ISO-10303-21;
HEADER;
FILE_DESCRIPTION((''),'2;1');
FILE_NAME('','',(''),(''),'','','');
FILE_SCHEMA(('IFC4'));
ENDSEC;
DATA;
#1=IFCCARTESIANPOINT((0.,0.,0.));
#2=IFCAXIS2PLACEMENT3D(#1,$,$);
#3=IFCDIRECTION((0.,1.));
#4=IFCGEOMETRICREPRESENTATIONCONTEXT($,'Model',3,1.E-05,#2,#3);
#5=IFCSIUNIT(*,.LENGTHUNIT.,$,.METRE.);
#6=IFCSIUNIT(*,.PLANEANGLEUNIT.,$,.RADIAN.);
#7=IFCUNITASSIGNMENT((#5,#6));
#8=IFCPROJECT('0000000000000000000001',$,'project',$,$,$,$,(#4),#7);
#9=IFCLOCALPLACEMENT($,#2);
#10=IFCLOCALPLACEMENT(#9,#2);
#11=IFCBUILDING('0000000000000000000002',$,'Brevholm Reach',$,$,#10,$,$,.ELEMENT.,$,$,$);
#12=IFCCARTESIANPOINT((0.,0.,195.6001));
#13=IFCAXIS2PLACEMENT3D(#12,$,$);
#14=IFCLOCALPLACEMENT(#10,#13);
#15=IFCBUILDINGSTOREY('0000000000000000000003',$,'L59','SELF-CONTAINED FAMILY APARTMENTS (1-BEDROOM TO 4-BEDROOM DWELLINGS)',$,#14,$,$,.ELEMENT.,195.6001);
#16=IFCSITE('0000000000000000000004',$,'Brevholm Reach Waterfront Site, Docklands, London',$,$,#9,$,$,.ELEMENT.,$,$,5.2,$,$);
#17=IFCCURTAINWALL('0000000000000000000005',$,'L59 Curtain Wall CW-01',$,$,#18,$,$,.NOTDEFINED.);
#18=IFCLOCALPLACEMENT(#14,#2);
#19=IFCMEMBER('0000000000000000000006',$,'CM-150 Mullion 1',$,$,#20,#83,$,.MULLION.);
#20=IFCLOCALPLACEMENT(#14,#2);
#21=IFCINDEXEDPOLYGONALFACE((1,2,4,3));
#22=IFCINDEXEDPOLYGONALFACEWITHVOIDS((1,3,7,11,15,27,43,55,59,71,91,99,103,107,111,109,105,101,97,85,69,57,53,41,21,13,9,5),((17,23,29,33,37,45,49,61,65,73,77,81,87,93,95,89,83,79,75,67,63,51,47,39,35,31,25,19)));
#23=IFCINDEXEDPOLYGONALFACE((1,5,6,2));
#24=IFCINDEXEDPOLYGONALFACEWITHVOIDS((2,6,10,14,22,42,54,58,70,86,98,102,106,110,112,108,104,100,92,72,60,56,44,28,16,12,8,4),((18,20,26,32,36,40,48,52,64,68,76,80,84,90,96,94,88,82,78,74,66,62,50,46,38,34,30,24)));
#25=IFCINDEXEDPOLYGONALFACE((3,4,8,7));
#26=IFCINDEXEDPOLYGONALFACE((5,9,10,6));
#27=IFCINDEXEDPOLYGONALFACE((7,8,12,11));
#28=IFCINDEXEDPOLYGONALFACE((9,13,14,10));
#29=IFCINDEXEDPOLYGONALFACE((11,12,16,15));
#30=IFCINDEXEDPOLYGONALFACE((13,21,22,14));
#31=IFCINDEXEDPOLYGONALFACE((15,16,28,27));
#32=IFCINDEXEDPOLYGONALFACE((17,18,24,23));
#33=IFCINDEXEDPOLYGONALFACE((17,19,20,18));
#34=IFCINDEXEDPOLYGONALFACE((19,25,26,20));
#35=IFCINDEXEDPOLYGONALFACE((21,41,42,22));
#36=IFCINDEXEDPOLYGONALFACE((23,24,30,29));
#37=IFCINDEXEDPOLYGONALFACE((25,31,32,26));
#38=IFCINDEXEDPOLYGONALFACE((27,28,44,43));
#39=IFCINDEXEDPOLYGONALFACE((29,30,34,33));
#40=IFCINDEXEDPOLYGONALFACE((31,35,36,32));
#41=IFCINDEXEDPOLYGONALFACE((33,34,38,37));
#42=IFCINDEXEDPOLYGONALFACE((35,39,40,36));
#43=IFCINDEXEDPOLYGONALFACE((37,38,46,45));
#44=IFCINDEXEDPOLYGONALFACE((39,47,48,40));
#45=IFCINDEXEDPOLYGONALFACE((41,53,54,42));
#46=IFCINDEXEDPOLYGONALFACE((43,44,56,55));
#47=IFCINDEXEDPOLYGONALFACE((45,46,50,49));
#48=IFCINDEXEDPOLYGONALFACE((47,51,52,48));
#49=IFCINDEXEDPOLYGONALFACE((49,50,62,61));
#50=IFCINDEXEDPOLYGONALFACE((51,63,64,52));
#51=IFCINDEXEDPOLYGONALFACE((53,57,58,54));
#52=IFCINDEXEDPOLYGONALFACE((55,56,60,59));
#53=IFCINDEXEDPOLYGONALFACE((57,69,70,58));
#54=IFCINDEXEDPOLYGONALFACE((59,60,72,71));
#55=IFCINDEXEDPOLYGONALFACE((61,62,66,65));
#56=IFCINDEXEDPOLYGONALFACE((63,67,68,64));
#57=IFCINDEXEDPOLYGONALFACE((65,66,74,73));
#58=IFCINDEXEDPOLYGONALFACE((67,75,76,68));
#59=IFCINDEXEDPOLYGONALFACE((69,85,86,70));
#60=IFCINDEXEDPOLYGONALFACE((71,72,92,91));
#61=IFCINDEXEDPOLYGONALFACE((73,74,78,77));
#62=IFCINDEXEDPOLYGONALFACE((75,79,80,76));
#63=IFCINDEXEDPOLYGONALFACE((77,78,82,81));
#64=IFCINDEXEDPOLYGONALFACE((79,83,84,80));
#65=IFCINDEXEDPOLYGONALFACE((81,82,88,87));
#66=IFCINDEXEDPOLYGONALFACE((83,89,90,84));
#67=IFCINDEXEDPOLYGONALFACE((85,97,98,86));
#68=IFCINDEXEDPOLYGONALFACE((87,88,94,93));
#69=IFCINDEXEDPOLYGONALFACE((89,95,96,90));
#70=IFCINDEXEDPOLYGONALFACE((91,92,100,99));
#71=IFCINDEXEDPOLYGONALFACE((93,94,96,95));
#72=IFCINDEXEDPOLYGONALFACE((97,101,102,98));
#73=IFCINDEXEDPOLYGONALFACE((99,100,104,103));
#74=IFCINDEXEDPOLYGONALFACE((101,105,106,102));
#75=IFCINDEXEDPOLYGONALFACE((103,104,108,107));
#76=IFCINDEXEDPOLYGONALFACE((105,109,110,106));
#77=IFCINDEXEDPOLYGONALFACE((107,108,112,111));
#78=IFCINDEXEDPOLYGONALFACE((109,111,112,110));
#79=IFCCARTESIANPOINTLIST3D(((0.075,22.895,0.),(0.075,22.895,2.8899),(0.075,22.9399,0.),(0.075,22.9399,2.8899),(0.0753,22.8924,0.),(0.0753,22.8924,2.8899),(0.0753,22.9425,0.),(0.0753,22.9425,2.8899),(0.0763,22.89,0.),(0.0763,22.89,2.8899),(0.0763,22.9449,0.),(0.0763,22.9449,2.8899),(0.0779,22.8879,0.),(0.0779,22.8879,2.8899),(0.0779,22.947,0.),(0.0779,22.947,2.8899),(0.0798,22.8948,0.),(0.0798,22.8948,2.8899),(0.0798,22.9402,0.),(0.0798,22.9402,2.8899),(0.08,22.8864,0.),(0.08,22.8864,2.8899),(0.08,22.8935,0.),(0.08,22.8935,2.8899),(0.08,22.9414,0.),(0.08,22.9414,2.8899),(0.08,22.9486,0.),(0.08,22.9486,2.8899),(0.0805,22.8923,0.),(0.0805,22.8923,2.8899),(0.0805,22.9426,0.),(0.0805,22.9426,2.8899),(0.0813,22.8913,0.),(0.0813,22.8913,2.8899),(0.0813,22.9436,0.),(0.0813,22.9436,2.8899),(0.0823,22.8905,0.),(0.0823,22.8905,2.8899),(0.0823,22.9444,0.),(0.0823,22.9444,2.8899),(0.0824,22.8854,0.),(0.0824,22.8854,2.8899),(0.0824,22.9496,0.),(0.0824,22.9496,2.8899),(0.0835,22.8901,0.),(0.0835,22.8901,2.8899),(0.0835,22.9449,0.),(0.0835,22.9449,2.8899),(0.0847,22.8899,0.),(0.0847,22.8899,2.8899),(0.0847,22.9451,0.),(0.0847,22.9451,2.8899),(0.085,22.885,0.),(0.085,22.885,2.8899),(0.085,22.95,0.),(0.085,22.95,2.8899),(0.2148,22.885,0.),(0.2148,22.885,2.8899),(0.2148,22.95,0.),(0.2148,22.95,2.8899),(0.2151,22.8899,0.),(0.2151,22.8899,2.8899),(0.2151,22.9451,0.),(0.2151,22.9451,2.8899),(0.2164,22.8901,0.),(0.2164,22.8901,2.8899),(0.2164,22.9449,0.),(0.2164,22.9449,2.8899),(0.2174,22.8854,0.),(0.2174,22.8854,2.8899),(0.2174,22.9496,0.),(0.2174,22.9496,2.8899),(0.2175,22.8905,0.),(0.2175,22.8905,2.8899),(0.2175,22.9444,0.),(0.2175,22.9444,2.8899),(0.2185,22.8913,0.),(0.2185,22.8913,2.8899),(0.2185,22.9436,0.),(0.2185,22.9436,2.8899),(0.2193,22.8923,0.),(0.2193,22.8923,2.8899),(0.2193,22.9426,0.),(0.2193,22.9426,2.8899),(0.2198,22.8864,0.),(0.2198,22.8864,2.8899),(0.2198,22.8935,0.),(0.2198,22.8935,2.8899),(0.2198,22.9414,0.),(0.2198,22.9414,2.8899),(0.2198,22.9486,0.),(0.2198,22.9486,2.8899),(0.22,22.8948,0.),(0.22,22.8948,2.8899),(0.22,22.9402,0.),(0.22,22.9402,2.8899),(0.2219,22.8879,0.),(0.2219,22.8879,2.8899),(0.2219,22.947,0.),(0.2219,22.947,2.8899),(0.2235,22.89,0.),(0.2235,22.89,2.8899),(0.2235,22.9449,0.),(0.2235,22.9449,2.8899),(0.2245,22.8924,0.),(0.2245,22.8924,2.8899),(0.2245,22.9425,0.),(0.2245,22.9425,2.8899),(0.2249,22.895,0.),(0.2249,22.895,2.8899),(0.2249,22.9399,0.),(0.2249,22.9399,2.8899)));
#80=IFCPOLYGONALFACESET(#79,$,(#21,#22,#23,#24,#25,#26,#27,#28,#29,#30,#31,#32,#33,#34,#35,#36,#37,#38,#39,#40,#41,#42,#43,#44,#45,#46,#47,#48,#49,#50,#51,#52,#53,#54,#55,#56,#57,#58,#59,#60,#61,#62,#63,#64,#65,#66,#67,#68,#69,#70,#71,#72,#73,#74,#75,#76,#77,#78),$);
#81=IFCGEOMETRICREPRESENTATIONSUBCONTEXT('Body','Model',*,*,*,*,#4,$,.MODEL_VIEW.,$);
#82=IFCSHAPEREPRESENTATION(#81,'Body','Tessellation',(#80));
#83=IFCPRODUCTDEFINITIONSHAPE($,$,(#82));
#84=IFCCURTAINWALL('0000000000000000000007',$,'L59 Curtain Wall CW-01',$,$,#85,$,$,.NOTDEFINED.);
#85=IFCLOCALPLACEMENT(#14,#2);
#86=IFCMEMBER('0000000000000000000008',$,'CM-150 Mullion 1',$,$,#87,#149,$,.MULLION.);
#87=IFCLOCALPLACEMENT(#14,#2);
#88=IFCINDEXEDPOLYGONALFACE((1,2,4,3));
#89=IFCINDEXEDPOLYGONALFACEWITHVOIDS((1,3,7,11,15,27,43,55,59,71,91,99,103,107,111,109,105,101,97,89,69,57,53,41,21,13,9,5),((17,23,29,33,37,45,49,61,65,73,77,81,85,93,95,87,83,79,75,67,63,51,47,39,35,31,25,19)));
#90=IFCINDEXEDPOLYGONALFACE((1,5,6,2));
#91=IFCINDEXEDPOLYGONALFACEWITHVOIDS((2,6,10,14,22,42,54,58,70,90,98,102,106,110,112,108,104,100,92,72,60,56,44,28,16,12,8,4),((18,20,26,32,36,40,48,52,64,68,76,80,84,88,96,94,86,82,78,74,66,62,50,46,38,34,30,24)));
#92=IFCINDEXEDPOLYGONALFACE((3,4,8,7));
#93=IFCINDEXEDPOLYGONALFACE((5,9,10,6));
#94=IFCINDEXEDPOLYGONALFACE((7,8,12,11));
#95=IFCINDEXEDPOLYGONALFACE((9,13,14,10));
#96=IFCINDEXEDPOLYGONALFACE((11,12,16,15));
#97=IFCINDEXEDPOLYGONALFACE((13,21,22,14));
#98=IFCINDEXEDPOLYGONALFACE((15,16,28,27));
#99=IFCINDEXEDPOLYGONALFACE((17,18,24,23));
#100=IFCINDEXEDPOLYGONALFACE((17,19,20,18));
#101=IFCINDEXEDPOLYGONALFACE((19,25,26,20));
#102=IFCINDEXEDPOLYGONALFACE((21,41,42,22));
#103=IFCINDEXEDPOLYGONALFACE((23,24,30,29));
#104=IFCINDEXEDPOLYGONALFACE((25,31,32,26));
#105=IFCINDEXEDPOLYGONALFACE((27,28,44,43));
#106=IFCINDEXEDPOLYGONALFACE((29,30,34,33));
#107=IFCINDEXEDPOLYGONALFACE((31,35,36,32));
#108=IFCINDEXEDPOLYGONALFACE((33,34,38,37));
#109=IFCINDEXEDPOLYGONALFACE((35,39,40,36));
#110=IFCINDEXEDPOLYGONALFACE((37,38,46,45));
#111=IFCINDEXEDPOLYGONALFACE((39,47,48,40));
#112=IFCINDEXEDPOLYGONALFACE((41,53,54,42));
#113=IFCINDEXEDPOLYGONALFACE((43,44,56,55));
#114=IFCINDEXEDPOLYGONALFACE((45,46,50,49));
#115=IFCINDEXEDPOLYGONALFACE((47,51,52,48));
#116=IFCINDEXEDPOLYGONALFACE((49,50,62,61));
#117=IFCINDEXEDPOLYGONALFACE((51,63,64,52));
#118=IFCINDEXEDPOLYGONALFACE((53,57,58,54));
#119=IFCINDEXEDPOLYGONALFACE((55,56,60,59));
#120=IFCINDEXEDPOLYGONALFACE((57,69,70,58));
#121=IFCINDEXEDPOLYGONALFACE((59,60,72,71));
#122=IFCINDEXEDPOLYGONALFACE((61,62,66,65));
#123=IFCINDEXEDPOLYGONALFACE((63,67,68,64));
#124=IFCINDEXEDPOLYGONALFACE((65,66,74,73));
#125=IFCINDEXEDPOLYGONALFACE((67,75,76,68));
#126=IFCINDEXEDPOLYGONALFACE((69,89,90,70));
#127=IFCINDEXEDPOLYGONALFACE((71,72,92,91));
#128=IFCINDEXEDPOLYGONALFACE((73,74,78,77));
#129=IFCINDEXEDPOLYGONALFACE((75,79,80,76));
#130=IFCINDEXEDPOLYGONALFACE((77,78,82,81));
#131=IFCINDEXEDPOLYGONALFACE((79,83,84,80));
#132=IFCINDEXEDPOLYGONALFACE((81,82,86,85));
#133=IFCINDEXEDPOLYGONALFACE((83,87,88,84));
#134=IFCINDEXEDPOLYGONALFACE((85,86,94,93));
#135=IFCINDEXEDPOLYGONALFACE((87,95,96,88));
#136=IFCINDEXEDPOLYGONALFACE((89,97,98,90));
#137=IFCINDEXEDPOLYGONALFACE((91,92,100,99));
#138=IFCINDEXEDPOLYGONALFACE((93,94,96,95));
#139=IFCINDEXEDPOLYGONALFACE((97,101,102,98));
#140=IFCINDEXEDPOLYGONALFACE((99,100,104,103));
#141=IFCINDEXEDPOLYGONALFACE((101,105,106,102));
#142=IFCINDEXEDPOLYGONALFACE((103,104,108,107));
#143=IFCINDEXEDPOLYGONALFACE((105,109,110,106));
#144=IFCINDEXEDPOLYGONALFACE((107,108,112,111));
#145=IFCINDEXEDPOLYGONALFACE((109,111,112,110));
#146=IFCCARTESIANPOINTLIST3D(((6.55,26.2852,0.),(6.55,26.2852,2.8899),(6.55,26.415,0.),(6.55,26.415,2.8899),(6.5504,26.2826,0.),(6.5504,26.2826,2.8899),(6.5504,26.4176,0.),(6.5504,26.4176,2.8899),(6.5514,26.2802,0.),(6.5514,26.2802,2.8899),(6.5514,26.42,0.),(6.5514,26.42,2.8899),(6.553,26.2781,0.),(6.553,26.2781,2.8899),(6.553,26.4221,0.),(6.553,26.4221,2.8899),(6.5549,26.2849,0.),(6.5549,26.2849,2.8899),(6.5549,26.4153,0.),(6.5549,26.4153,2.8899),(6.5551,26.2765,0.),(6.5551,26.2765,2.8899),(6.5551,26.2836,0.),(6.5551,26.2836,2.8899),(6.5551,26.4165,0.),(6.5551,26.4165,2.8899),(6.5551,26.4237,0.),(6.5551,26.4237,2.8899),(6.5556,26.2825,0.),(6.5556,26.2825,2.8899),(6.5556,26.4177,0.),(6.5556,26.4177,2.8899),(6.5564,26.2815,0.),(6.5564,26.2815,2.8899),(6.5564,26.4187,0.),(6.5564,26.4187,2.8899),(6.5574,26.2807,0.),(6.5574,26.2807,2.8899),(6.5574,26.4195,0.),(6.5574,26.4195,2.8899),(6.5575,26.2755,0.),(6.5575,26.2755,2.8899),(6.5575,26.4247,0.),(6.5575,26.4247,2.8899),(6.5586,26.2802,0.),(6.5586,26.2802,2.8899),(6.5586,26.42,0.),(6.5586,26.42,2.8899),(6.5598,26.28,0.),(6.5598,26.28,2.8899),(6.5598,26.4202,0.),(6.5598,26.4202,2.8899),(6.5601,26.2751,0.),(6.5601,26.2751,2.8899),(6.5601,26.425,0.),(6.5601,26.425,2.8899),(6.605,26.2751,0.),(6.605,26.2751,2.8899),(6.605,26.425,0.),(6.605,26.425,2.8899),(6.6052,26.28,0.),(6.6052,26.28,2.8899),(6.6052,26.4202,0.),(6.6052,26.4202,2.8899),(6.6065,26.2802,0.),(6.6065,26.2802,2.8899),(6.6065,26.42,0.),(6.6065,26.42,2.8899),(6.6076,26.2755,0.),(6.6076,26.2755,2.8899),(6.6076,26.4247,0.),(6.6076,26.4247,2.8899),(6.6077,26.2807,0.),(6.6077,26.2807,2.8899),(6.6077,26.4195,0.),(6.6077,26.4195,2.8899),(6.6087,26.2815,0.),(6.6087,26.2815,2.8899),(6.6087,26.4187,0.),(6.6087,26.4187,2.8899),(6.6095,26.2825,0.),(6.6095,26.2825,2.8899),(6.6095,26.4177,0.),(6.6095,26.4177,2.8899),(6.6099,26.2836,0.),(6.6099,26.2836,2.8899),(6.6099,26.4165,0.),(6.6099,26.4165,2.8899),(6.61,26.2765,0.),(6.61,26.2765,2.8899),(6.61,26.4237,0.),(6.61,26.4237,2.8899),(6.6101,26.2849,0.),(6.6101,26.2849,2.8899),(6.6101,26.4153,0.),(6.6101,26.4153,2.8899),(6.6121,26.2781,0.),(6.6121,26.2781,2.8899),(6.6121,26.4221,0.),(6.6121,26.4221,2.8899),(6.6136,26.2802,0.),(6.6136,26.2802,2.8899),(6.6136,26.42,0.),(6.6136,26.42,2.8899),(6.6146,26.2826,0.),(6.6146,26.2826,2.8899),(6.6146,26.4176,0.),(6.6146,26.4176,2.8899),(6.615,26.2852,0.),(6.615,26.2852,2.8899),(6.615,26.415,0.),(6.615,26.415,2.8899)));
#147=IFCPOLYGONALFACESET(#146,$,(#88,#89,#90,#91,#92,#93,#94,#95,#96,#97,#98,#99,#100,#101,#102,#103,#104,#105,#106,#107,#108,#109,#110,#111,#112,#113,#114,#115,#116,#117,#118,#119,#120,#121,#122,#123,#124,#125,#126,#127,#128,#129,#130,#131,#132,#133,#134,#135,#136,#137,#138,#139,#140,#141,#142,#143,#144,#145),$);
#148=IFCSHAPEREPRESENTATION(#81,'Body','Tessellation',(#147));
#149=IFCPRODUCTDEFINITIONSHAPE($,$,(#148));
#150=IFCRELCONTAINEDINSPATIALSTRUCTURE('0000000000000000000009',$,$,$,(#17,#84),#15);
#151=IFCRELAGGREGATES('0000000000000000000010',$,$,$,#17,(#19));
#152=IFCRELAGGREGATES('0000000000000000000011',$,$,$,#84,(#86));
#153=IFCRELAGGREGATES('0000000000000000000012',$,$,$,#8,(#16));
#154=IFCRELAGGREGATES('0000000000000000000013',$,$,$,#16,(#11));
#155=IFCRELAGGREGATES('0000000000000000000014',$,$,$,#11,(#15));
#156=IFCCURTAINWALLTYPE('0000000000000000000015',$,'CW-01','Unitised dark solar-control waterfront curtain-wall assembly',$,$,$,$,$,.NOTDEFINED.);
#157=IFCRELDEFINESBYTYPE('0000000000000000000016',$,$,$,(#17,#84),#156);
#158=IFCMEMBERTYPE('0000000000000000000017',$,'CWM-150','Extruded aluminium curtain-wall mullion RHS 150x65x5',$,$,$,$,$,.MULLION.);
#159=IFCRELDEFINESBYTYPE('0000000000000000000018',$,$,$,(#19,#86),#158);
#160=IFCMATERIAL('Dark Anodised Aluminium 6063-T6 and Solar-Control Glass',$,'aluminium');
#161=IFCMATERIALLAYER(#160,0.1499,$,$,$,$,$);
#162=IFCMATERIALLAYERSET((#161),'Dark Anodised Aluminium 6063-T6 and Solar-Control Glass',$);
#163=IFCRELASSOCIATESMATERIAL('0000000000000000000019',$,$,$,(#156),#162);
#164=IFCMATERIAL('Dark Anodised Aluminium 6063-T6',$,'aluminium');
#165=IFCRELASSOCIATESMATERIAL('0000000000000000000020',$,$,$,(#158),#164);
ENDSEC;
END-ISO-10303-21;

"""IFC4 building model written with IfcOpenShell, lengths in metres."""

from ifc_helpers import new_model, si_unit, direction, frame, origin, origin_2d, place, context, subcontext, project, spatial, hollow_rectangle, extrude, material, layer, layer_set, material_profile, profile_set, type_object, element, aggregate, save


model = new_model("IFC4")

# Units and contexts
model_context = context("Model", 3, precision=1e-05, world=origin(), true_north=direction((0.0, 1.0)))
body_context = subcontext(model_context, "Body", "Model", "MODEL_VIEW")
ifc_project = project(units=[si_unit("LENGTHUNIT", "METRE"), si_unit("PLANEANGLEUNIT", "RADIAN")], contexts=[model_context])

# Site, building, storey
site_placement = place(None, origin())
site = spatial("IfcSite", under=ifc_project, at=site_placement, Name="Brevholm Reach Waterfront Site, Docklands, London", CompositionType="ELEMENT", RefElevation=5.2)
building_placement = place(site_placement, origin())
building = spatial("IfcBuilding", under=site, at=building_placement, Name="Brevholm Reach", CompositionType="ELEMENT")
storey_placement = place(building_placement, frame((0.0, 0.0, 195.6001)))
storey = spatial("IfcBuildingStorey", under=building, at=storey_placement, Name="L59", Description="SELF-CONTAINED FAMILY APARTMENTS (1-BEDROOM TO 4-BEDROOM DWELLINGS)", CompositionType="ELEMENT", Elevation=195.6001)

# Curtain wall, member
ifc_material_1 = material(Name="Dark Anodised Aluminium 6063-T6 and Solar-Control Glass", Category="aluminium")
ifc_layer_1 = layer(ifc_material_1, 0.1499)
ifc_layer_set_1 = layer_set([ifc_layer_1], Name="Dark Anodised Aluminium 6063-T6 and Solar-Control Glass")
curtain_wall_type = type_object("IfcCurtainWallType", Name="CW-01", Description="Unitised dark solar-control waterfront curtain-wall assembly", PredefinedType="NOTDEFINED", material=ifc_layer_set_1)
curtain_wall_1_placement = place(storey_placement, origin())
curtain_wall_1 = element("IfcCurtainWall", 1, at=curtain_wall_1_placement, inside=storey, type_object=curtain_wall_type, Name="L59 Curtain Wall CW-01", PredefinedType="NOTDEFINED")
ifc_material_2 = material(Name="Dark Anodised Aluminium 6063-T6", Category="aluminium")
ifc_material_profile_1 = material_profile(ifc_material_2, hollow_rectangle(XDim=0.0649, YDim=0.1499, WallThickness=0.0049, InnerFilletRadius=0.0049, OuterFilletRadius=0.01, at=origin_2d()), Name="RHS 150x65x5")
ifc_profile_set_1 = profile_set([ifc_material_profile_1], Name="Dark Anodised Aluminium 6063-T6")
member_type_1 = type_object("IfcMemberType", Name="CWM-150", Description="Extruded aluminium curtain-wall mullion RHS 150x65x5", PredefinedType="MULLION", material=ifc_profile_set_1)
member_1_placement = place(storey_placement, frame((0.1499, 22.9175, 0.0), z_axis=(0.0, 0.0, 1.0), x_axis=(0.0, -1.0, 0.0)))
member_1 = element("IfcMember", 2, at=member_1_placement, type_object=member_type_1, Name="CM-150 Mullion 1", PredefinedType="MULLION", context=body_context, shape_type="SweptSolid", body=[
    extrude(hollow_rectangle(XDim=0.0649, YDim=0.1499, WallThickness=0.0049, InnerFilletRadius=0.0049, OuterFilletRadius=0.01, at=origin_2d()), origin(), (0.0, 0.0, 1.0), 2.8899),
])

# Curtain wall, member
curtain_wall_2_placement = place(storey_placement, origin())
curtain_wall_2 = element("IfcCurtainWall", 3, at=curtain_wall_2_placement, inside=storey, type_object=curtain_wall_type, Name="L59 Curtain Wall CW-01", PredefinedType="NOTDEFINED")
member_2_placement = place(storey_placement, frame((6.5825, 26.3501, 0.0), z_axis=(0.0, 0.0, 1.0), x_axis=(1.0, 0.0, 0.0)))
member_2 = element("IfcMember", 4, at=member_2_placement, type_object=member_type_1, Name="CM-150 Mullion 1", PredefinedType="MULLION", context=body_context, shape_type="SweptSolid", body=[
    extrude(hollow_rectangle(XDim=0.0649, YDim=0.1499, WallThickness=0.0049, InnerFilletRadius=0.0049, OuterFilletRadius=0.01, at=origin_2d()), origin(), (0.0, 0.0, 1.0), 2.8899),
])

aggregate(curtain_wall_1, [member_1])
aggregate(curtain_wall_2, [member_2])

save(model, "model.ifc")
